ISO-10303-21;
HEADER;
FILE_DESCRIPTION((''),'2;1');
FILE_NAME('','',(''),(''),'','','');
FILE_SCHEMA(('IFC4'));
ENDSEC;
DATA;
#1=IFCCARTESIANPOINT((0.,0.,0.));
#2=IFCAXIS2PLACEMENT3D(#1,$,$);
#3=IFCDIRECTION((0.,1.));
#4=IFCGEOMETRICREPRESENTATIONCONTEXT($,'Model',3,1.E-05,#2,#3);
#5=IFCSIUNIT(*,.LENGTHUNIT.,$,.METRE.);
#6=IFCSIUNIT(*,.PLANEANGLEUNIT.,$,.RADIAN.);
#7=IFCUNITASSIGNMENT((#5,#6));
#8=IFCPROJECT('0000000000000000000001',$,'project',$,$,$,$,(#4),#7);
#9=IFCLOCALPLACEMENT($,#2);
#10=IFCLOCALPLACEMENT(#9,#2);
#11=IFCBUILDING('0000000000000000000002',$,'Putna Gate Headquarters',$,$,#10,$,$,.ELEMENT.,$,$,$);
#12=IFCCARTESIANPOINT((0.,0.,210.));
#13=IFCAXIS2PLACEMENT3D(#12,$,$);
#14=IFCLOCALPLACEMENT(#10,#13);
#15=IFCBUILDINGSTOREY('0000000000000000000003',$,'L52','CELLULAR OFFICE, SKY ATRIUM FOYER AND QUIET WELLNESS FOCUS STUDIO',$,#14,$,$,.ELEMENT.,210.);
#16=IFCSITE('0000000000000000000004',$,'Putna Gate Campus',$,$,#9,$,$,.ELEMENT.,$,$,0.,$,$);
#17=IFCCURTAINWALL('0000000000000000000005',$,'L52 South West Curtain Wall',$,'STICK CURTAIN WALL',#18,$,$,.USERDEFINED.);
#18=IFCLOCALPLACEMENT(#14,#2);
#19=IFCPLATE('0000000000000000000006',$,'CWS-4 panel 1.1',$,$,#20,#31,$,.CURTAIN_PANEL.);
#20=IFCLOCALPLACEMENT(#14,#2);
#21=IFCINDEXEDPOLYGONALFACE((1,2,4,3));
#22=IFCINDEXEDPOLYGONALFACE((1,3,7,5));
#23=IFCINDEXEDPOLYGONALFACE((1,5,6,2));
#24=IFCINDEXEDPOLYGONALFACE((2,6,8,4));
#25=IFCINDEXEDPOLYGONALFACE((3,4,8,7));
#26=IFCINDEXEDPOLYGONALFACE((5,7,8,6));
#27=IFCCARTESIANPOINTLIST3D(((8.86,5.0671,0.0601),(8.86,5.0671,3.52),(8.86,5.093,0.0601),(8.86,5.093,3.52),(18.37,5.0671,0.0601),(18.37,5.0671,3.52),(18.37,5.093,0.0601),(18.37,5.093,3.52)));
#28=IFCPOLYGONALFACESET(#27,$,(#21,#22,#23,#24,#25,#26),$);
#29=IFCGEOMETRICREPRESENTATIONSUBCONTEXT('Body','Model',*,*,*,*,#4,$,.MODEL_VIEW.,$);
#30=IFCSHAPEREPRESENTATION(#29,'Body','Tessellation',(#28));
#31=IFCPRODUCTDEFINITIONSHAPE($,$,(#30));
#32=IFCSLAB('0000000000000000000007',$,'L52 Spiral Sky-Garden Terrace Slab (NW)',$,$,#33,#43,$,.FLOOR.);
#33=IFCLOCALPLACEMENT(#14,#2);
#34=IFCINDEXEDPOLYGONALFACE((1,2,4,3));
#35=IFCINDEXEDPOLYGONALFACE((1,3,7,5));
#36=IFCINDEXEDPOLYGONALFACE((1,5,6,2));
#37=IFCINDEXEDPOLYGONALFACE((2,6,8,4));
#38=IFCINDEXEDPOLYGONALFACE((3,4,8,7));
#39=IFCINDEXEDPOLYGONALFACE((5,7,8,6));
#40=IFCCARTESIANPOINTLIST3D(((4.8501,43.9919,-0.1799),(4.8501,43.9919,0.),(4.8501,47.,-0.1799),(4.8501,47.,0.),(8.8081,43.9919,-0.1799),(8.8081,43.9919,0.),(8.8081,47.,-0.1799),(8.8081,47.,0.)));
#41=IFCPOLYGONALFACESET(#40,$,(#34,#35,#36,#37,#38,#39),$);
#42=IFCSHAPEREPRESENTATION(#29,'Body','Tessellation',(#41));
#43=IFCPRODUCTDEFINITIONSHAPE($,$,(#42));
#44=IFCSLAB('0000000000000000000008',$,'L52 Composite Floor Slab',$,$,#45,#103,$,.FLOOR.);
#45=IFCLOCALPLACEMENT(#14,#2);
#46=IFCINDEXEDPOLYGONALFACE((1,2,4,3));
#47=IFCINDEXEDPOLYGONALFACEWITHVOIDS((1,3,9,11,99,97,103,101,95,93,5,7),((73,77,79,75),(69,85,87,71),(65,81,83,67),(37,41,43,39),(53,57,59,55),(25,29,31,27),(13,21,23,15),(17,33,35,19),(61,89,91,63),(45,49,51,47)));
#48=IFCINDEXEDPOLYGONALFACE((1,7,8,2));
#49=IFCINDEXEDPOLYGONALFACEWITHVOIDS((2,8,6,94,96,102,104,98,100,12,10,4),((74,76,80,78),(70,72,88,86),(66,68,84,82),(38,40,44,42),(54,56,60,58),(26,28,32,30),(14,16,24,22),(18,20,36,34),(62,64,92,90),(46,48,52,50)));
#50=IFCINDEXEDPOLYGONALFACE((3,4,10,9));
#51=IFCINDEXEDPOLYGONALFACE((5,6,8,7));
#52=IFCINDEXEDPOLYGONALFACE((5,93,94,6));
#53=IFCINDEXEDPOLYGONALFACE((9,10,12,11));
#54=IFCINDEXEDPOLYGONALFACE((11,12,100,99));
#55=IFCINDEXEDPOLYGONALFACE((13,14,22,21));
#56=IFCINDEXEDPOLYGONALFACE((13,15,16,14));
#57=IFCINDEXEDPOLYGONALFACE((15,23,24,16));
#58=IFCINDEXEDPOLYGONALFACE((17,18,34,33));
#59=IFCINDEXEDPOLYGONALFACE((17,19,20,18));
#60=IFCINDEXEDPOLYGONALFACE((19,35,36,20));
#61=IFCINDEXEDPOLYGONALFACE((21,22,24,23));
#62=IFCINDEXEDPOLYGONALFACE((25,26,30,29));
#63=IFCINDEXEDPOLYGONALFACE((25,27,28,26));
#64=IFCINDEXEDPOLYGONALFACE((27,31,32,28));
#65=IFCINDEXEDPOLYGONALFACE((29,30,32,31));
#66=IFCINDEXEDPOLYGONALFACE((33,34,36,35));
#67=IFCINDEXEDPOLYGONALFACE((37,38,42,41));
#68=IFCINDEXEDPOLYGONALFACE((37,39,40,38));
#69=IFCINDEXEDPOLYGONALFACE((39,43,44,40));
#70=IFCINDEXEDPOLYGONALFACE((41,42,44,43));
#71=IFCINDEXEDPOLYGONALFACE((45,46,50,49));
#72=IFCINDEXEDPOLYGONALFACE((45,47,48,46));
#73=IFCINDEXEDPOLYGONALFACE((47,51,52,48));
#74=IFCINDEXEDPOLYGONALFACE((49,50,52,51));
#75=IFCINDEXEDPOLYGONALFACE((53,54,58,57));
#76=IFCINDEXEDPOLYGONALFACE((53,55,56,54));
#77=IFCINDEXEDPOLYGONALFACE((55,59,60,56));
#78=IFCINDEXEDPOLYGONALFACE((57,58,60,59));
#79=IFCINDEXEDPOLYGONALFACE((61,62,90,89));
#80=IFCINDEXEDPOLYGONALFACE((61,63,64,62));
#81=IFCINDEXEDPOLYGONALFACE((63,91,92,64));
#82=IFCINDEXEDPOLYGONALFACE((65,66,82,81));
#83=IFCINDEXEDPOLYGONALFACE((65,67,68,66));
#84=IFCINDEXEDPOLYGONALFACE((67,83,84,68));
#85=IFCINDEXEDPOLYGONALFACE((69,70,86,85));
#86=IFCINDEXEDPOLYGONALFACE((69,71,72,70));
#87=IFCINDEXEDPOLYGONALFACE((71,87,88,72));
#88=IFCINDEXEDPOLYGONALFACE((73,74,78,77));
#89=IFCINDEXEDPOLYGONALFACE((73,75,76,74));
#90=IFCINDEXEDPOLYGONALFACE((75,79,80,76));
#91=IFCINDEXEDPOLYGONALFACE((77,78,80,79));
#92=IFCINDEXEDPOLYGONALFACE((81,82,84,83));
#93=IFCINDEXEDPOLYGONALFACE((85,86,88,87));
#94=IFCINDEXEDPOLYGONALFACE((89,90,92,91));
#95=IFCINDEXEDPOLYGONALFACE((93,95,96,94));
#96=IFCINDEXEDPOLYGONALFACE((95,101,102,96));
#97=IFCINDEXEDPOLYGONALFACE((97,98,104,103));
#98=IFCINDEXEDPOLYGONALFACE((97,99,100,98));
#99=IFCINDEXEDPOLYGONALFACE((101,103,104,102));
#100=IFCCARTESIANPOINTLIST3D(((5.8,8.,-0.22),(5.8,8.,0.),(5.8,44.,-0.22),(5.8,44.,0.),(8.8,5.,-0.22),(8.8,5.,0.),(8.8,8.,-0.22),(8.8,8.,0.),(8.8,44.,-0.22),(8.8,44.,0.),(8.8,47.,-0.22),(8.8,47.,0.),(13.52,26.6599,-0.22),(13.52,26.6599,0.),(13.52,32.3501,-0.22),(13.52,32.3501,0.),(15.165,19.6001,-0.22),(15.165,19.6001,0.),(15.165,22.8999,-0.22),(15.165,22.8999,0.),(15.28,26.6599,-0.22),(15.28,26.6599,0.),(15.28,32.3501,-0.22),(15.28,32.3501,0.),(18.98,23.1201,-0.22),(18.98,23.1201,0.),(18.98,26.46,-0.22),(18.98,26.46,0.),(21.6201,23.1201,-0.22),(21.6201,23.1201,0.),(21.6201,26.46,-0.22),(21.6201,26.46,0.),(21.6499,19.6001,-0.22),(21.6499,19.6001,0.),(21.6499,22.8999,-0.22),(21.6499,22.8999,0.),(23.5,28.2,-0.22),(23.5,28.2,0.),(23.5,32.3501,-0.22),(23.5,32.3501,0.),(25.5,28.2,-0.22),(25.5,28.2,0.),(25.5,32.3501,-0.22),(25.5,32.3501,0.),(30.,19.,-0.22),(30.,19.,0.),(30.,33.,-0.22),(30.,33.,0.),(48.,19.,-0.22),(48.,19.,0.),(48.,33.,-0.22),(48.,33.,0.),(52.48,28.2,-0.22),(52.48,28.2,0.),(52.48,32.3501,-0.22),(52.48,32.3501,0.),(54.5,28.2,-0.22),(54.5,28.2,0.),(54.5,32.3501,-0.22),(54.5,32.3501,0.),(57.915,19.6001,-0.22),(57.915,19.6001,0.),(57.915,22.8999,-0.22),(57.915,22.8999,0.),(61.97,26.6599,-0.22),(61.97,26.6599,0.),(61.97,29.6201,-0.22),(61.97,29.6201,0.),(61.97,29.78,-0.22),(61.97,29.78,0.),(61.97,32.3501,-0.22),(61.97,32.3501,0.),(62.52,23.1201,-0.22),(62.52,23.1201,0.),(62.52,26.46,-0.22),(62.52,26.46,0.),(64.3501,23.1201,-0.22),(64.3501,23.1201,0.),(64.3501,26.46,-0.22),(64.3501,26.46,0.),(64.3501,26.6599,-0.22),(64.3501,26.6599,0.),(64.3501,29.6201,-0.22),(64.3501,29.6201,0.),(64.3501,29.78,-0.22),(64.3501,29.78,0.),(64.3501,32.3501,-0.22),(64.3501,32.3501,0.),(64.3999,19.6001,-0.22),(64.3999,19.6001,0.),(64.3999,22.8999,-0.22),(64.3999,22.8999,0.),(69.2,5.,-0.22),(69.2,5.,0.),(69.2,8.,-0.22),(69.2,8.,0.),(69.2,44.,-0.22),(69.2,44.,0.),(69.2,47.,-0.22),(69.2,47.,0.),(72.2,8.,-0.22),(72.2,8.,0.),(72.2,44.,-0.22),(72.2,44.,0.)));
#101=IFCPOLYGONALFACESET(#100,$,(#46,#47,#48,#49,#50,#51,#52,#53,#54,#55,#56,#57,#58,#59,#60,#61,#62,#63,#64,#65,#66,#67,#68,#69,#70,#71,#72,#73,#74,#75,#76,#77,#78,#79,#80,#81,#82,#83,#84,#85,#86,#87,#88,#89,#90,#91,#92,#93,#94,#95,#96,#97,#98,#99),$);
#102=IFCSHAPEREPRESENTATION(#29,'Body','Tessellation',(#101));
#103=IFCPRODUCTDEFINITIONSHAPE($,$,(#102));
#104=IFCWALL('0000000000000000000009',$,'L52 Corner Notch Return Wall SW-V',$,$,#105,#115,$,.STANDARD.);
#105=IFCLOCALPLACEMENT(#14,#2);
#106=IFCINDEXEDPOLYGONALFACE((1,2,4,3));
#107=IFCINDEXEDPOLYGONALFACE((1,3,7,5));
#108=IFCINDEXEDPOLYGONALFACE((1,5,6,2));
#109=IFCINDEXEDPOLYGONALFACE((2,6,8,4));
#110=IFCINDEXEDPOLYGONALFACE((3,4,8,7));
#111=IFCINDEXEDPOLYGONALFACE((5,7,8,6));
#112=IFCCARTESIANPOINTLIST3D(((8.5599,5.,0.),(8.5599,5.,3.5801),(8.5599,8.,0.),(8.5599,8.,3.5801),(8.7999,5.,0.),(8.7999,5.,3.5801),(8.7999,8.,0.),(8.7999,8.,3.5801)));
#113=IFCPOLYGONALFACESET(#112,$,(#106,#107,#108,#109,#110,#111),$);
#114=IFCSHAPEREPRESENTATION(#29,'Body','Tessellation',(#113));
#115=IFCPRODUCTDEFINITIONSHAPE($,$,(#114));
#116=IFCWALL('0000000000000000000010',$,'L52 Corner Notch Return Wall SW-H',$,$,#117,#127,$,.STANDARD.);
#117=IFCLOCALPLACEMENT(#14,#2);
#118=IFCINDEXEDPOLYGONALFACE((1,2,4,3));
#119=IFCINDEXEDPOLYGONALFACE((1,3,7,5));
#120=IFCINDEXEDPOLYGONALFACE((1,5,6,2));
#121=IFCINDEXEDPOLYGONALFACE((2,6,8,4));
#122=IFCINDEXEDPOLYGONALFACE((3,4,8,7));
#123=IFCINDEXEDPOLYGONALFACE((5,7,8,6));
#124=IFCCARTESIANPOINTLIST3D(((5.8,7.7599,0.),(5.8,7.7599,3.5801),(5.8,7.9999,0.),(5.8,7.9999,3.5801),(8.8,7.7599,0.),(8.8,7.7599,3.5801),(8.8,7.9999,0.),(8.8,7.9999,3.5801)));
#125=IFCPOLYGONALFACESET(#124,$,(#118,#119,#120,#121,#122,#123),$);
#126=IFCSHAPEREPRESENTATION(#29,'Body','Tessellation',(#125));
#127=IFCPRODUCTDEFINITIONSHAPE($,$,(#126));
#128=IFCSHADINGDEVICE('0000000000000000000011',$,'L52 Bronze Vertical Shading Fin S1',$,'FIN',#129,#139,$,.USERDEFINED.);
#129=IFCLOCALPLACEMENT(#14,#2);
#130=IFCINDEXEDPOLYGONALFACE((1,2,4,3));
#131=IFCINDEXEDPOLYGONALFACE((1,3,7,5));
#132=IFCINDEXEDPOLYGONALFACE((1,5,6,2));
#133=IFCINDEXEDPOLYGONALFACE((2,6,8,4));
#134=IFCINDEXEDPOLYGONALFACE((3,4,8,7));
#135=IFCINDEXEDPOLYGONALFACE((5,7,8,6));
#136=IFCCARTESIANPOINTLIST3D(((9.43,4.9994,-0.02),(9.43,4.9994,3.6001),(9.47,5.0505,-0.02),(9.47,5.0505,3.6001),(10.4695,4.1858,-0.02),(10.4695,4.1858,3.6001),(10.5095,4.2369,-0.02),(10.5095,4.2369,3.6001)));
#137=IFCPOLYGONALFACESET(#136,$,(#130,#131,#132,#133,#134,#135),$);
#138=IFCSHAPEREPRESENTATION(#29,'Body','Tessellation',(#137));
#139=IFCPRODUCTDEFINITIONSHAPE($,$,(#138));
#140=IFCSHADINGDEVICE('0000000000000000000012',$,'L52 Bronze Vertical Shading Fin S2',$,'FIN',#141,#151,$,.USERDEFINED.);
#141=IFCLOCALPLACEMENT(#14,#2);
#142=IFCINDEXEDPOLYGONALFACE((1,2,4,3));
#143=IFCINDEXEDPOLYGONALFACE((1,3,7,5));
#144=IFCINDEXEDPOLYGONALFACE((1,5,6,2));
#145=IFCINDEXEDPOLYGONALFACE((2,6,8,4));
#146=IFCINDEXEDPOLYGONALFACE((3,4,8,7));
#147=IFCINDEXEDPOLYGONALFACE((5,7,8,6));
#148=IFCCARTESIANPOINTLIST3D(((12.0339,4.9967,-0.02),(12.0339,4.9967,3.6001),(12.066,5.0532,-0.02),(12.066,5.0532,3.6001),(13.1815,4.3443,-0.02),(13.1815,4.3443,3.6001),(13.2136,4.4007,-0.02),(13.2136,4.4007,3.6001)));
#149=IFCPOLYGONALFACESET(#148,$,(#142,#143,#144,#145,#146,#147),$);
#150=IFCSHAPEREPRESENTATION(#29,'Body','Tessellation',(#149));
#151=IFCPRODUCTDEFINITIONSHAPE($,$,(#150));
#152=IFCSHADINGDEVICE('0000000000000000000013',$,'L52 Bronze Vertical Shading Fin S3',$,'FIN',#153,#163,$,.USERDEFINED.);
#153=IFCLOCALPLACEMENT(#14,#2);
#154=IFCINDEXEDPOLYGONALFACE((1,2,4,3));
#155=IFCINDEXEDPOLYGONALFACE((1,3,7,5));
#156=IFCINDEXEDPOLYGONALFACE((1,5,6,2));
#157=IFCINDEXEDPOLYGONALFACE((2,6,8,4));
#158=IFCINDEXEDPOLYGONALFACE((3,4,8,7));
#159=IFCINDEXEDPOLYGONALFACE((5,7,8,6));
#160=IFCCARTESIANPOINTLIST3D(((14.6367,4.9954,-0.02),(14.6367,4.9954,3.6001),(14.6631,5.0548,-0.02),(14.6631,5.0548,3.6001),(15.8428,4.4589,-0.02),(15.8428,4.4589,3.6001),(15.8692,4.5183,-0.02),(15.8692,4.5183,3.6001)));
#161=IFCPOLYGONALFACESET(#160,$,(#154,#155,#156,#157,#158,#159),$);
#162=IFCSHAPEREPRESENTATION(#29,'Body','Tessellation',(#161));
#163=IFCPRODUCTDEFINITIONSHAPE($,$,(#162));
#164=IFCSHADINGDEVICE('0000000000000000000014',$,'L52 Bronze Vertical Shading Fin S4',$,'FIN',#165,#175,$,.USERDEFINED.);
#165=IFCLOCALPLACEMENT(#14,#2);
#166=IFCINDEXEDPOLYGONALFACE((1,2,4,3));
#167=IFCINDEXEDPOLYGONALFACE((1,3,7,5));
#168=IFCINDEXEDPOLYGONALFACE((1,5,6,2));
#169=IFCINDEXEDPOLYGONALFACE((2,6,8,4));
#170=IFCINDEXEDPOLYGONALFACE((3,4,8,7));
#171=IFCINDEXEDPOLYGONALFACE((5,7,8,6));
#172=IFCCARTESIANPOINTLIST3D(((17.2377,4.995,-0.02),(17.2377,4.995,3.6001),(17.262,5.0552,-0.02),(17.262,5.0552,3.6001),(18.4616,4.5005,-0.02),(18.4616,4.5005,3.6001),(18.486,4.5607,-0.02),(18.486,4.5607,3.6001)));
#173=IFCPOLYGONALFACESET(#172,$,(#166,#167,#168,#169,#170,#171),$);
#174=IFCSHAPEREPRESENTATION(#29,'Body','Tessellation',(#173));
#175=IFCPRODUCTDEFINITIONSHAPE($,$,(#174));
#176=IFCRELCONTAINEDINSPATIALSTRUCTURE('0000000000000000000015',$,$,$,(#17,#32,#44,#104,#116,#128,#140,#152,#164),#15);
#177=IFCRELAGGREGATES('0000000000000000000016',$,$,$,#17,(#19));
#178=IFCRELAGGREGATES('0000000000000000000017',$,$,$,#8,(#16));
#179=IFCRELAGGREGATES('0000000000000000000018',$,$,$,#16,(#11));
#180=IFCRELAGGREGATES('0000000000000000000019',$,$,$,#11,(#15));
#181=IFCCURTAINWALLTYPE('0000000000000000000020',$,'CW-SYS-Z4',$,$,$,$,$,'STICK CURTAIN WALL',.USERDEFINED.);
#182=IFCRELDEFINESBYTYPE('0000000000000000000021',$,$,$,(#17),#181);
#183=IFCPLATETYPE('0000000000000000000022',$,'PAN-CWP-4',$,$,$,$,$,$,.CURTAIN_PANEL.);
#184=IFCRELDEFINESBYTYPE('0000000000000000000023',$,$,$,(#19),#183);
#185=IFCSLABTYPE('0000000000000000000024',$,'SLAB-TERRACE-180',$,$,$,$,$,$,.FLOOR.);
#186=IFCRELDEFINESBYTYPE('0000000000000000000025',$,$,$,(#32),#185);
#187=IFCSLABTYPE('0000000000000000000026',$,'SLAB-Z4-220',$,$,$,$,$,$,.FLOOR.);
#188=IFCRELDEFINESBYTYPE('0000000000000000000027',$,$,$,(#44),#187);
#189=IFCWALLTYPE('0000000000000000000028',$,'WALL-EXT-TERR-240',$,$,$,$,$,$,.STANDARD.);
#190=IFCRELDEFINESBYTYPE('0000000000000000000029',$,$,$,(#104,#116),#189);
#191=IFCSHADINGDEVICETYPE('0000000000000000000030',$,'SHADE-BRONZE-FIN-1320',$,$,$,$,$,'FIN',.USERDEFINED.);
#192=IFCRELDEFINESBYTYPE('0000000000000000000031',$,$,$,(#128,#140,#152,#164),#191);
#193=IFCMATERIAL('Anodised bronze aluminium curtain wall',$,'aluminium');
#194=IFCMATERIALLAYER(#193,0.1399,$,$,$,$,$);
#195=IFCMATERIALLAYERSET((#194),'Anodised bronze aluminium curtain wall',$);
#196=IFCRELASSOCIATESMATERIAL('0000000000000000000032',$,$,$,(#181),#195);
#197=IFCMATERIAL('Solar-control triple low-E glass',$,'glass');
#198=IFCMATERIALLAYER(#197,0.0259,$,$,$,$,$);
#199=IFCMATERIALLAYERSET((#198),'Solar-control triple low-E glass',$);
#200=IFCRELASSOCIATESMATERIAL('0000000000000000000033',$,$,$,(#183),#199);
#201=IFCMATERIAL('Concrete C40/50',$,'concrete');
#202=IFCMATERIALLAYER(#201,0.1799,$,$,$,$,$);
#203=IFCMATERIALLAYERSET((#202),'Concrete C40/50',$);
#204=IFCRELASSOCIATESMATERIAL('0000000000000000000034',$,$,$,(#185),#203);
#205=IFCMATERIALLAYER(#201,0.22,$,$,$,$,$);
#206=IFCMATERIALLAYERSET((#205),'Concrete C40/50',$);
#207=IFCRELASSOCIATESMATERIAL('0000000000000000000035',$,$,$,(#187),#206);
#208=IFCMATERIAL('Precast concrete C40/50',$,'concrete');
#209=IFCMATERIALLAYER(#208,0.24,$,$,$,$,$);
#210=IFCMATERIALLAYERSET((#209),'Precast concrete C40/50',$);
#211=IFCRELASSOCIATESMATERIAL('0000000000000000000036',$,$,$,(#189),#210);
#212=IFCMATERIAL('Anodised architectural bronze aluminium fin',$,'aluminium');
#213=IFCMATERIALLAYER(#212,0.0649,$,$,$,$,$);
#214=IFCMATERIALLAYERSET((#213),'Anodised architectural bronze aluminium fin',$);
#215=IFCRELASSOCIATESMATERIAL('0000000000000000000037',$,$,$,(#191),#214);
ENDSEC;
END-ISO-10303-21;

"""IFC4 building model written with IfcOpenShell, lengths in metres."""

from ifc_helpers import new_model, si_unit, direction, frame, frame_2d, origin, origin_2d, place, context, subcontext, project, spatial, polyline, rectangle, outline, extrude, material, layer, layer_set, type_object, element, aggregate, save


model = new_model("IFC4")

# Units and contexts
model_context = context("Model", 3, precision=1e-05, world=origin(), true_north=direction((0.0, 1.0)))
body_context = subcontext(model_context, "Body", "Model", "MODEL_VIEW")
ifc_project = project(units=[si_unit("LENGTHUNIT", "METRE"), si_unit("PLANEANGLEUNIT", "RADIAN")], contexts=[model_context])

# Site, building, storey
site_placement = place(None, origin())
site = spatial("IfcSite", under=ifc_project, at=site_placement, Name="Putna Gate Campus", CompositionType="ELEMENT", RefElevation=0.0)
building_placement = place(site_placement, origin())
building = spatial("IfcBuilding", under=site, at=building_placement, Name="Putna Gate Headquarters", CompositionType="ELEMENT")
storey_placement = place(building_placement, frame((0.0, 0.0, 210.0)))
storey = spatial("IfcBuildingStorey", under=building, at=storey_placement, Name="L52", Description="CELLULAR OFFICE, SKY ATRIUM FOYER AND QUIET WELLNESS FOCUS STUDIO", CompositionType="ELEMENT", Elevation=210.0)

# Curtain wall
ifc_material_1 = material(Name="Anodised bronze aluminium curtain wall", Category="aluminium")
ifc_layer_1 = layer(ifc_material_1, 0.1399)
ifc_layer_set_1 = layer_set([ifc_layer_1], Name="Anodised bronze aluminium curtain wall")
curtain_wall_type = type_object("IfcCurtainWallType", Name="CW-SYS-Z4", ElementType="STICK CURTAIN WALL", PredefinedType="USERDEFINED", material=ifc_layer_set_1)
curtain_wall_1_placement = place(storey_placement, origin())
curtain_wall_1 = element("IfcCurtainWall", 1, at=curtain_wall_1_placement, inside=storey, type_object=curtain_wall_type, Name="L52 South West Curtain Wall", ObjectType="STICK CURTAIN WALL", PredefinedType="USERDEFINED")

# Shared definitions
ifc_material_2 = material(Name="Concrete C40/50", Category="concrete")

# Plate
ifc_material_3 = material(Name="Solar-control triple low-E glass", Category="glass")
ifc_layer_2 = layer(ifc_material_3, 0.0259)
ifc_layer_set_2 = layer_set([ifc_layer_2], Name="Solar-control triple low-E glass")
plate_type = type_object("IfcPlateType", Name="PAN-CWP-4", PredefinedType="CURTAIN_PANEL", material=ifc_layer_set_2)
plate_placement = place(storey_placement, frame((13.615, 5.0801, 0.0601), z_axis=(0.0, 0.0, 1.0), x_axis=(1.0, 0.0, 0.0)))
plate = element("IfcPlate", 2, at=plate_placement, type_object=plate_type, Name="CWS-4 panel 1.1", PredefinedType="CURTAIN_PANEL", context=body_context, shape_type="SweptSolid", body=[
    extrude(rectangle(XDim=9.51, YDim=0.0259, at=origin_2d()), origin(), (0.0, 0.0, 1.0), 3.46),
])
aggregate(curtain_wall_1, [plate])

# Slabs
ifc_layer_3 = layer(ifc_material_2, 0.1799)
ifc_layer_set_3 = layer_set([ifc_layer_3], Name="Concrete C40/50")
slab_type_1 = type_object("IfcSlabType", Name="SLAB-TERRACE-180", PredefinedType="FLOOR", material=ifc_layer_set_3)
slab_1_placement = place(storey_placement, frame((0.0, 0.0, -0.1799)))
element("IfcSlab", 3, at=slab_1_placement, inside=storey, type_object=slab_type_1, Name="L52 Spiral Sky-Garden Terrace Slab (NW)", PredefinedType="FLOOR", context=body_context, shape_type="SweptSolid", body=[
    extrude(outline(polyline([(4.8501, 43.9919), (8.8081, 43.9919), (8.8081, 47.0), (4.8501, 47.0), (4.8501, 43.9919)])), origin(), (0.0, 0.0, 1.0), 0.1799),
])
ifc_layer_4 = layer(ifc_material_2, 0.22)
ifc_layer_set_4 = layer_set([ifc_layer_4], Name="Concrete C40/50")
slab_type_2 = type_object("IfcSlabType", Name="SLAB-Z4-220", PredefinedType="FLOOR", material=ifc_layer_set_4)
slab_2_placement = place(storey_placement, frame((0.0, 0.0, -0.22)))
element("IfcSlab", 4, at=slab_2_placement, inside=storey, type_object=slab_type_2, Name="L52 Composite Floor Slab", PredefinedType="FLOOR", context=body_context, shape_type="SweptSolid", body=[
    extrude(outline(polyline([(8.8, 5.0), (69.2, 5.0), (69.2, 8.0), (72.2, 8.0), (72.2, 44.0), (69.2, 44.0), (69.2, 47.0), (8.8, 47.0), (8.8, 44.0), (5.8, 44.0), (5.8, 8.0), (8.8, 8.0), (8.8, 5.0)]), holes=[polyline([(15.165, 19.6001), (21.6499, 19.6001), (21.6499, 22.8999), (15.165, 22.8999), (15.165, 19.6001)]), polyline([(57.915, 19.6001), (64.3999, 19.6001), (64.3999, 22.8999), (57.915, 22.8999), (57.915, 19.6001)]), polyline([(13.52, 26.6599), (15.28, 26.6599), (15.28, 32.3501), (13.52, 32.3501), (13.52, 26.6599)]), polyline([(61.97, 29.78), (64.3501, 29.78), (64.3501, 32.3501), (61.97, 32.3501), (61.97, 29.78)]), polyline([(18.98, 23.1201), (21.6201, 23.1201), (21.6201, 26.46), (18.98, 26.46), (18.98, 23.1201)]), polyline([(62.52, 23.1201), (64.3501, 23.1201), (64.3501, 26.46), (62.52, 26.46), (62.52, 23.1201)]), polyline([(61.97, 26.6599), (64.3501, 26.6599), (64.3501, 29.6201), (61.97, 29.6201), (61.97, 26.6599)]), polyline([(23.5, 28.2), (25.5, 28.2), (25.5, 32.3501), (23.5, 32.3501), (23.5, 28.2)]), polyline([(52.48, 28.2), (54.5, 28.2), (54.5, 32.3501), (52.48, 32.3501), (52.48, 28.2)]), polyline([(30.0, 19.0), (48.0, 19.0), (48.0, 33.0), (30.0, 33.0), (30.0, 19.0)])]), origin(), (0.0, 0.0, 1.0), 0.22),
])

# Walls
ifc_material_4 = material(Name="Precast concrete C40/50", Category="concrete")
ifc_layer_5 = layer(ifc_material_4, 0.24)
ifc_layer_set_5 = layer_set([ifc_layer_5], Name="Precast concrete C40/50")
wall_type = type_object("IfcWallType", Name="WALL-EXT-TERR-240", PredefinedType="STANDARD", material=ifc_layer_set_5)
for number, where, z_axis, x_axis, name in (
    (5, (8.6799, 5.0, 0.0), (0.0, 0.0, 1.0), (0.0, 1.0, 0.0), "L52 Corner Notch Return Wall SW-V"),
    (6, (8.8, 7.8799, 0.0), (0.0, 0.0, 1.0), (-1.0, 0.0, 0.0), "L52 Corner Notch Return Wall SW-H"),
):
    element("IfcWall", number, at=place(storey_placement, frame(where, z_axis=z_axis, x_axis=x_axis)), inside=storey, type_object=wall_type, Name=name, PredefinedType="STANDARD", context=body_context, shape_type="SweptSolid", body=[
        extrude(rectangle(XDim=3.0, YDim=0.24, at=frame_2d((1.5, 0.0))), origin(), (0.0, 0.0, 1.0), 3.5801),
    ])

# Shading devices
ifc_material_5 = material(Name="Anodised architectural bronze aluminium fin", Category="aluminium")
ifc_layer_6 = layer(ifc_material_5, 0.0649)
ifc_layer_set_6 = layer_set([ifc_layer_6], Name="Anodised architectural bronze aluminium fin")
shading_device_type = type_object("IfcShadingDeviceType", Name="SHADE-BRONZE-FIN-1320", ElementType="FIN", PredefinedType="USERDEFINED", material=ifc_layer_set_6)
for number, where, z_axis, x_axis, name in (
    (7, (9.9697, 4.6182, -0.02), (0.0, 0.0, 1.0), (0.787473, -0.616349, 0.0), "L52 Bronze Vertical Shading Fin S1"),
    (8, (12.6238, 4.6987, -0.02), (0.0, 0.0, 1.0), (0.869322, -0.494245, 0.0), "L52 Bronze Vertical Shading Fin S2"),
    (9, (15.2529, 4.7568, -0.02), (0.0, 0.0, 1.0), (0.913687, -0.406418, 0.0), "L52 Bronze Vertical Shading Fin S3"),
    (10, (17.8618, 4.7778, -0.02), (0.0, 0.0, 1.0), (0.927184, -0.374607, 0.0), "L52 Bronze Vertical Shading Fin S4"),
):
    element("IfcShadingDevice", number, at=place(storey_placement, frame(where, z_axis=z_axis, x_axis=x_axis)), inside=storey, type_object=shading_device_type, Name=name, ObjectType="FIN", PredefinedType="USERDEFINED", context=body_context, shape_type="SweptSolid", body=[
        extrude(rectangle(XDim=1.3201, YDim=0.0649, at=origin_2d()), origin(), (0.0, 0.0, 1.0), 3.6201),
    ])

save(model, "model.ifc")
